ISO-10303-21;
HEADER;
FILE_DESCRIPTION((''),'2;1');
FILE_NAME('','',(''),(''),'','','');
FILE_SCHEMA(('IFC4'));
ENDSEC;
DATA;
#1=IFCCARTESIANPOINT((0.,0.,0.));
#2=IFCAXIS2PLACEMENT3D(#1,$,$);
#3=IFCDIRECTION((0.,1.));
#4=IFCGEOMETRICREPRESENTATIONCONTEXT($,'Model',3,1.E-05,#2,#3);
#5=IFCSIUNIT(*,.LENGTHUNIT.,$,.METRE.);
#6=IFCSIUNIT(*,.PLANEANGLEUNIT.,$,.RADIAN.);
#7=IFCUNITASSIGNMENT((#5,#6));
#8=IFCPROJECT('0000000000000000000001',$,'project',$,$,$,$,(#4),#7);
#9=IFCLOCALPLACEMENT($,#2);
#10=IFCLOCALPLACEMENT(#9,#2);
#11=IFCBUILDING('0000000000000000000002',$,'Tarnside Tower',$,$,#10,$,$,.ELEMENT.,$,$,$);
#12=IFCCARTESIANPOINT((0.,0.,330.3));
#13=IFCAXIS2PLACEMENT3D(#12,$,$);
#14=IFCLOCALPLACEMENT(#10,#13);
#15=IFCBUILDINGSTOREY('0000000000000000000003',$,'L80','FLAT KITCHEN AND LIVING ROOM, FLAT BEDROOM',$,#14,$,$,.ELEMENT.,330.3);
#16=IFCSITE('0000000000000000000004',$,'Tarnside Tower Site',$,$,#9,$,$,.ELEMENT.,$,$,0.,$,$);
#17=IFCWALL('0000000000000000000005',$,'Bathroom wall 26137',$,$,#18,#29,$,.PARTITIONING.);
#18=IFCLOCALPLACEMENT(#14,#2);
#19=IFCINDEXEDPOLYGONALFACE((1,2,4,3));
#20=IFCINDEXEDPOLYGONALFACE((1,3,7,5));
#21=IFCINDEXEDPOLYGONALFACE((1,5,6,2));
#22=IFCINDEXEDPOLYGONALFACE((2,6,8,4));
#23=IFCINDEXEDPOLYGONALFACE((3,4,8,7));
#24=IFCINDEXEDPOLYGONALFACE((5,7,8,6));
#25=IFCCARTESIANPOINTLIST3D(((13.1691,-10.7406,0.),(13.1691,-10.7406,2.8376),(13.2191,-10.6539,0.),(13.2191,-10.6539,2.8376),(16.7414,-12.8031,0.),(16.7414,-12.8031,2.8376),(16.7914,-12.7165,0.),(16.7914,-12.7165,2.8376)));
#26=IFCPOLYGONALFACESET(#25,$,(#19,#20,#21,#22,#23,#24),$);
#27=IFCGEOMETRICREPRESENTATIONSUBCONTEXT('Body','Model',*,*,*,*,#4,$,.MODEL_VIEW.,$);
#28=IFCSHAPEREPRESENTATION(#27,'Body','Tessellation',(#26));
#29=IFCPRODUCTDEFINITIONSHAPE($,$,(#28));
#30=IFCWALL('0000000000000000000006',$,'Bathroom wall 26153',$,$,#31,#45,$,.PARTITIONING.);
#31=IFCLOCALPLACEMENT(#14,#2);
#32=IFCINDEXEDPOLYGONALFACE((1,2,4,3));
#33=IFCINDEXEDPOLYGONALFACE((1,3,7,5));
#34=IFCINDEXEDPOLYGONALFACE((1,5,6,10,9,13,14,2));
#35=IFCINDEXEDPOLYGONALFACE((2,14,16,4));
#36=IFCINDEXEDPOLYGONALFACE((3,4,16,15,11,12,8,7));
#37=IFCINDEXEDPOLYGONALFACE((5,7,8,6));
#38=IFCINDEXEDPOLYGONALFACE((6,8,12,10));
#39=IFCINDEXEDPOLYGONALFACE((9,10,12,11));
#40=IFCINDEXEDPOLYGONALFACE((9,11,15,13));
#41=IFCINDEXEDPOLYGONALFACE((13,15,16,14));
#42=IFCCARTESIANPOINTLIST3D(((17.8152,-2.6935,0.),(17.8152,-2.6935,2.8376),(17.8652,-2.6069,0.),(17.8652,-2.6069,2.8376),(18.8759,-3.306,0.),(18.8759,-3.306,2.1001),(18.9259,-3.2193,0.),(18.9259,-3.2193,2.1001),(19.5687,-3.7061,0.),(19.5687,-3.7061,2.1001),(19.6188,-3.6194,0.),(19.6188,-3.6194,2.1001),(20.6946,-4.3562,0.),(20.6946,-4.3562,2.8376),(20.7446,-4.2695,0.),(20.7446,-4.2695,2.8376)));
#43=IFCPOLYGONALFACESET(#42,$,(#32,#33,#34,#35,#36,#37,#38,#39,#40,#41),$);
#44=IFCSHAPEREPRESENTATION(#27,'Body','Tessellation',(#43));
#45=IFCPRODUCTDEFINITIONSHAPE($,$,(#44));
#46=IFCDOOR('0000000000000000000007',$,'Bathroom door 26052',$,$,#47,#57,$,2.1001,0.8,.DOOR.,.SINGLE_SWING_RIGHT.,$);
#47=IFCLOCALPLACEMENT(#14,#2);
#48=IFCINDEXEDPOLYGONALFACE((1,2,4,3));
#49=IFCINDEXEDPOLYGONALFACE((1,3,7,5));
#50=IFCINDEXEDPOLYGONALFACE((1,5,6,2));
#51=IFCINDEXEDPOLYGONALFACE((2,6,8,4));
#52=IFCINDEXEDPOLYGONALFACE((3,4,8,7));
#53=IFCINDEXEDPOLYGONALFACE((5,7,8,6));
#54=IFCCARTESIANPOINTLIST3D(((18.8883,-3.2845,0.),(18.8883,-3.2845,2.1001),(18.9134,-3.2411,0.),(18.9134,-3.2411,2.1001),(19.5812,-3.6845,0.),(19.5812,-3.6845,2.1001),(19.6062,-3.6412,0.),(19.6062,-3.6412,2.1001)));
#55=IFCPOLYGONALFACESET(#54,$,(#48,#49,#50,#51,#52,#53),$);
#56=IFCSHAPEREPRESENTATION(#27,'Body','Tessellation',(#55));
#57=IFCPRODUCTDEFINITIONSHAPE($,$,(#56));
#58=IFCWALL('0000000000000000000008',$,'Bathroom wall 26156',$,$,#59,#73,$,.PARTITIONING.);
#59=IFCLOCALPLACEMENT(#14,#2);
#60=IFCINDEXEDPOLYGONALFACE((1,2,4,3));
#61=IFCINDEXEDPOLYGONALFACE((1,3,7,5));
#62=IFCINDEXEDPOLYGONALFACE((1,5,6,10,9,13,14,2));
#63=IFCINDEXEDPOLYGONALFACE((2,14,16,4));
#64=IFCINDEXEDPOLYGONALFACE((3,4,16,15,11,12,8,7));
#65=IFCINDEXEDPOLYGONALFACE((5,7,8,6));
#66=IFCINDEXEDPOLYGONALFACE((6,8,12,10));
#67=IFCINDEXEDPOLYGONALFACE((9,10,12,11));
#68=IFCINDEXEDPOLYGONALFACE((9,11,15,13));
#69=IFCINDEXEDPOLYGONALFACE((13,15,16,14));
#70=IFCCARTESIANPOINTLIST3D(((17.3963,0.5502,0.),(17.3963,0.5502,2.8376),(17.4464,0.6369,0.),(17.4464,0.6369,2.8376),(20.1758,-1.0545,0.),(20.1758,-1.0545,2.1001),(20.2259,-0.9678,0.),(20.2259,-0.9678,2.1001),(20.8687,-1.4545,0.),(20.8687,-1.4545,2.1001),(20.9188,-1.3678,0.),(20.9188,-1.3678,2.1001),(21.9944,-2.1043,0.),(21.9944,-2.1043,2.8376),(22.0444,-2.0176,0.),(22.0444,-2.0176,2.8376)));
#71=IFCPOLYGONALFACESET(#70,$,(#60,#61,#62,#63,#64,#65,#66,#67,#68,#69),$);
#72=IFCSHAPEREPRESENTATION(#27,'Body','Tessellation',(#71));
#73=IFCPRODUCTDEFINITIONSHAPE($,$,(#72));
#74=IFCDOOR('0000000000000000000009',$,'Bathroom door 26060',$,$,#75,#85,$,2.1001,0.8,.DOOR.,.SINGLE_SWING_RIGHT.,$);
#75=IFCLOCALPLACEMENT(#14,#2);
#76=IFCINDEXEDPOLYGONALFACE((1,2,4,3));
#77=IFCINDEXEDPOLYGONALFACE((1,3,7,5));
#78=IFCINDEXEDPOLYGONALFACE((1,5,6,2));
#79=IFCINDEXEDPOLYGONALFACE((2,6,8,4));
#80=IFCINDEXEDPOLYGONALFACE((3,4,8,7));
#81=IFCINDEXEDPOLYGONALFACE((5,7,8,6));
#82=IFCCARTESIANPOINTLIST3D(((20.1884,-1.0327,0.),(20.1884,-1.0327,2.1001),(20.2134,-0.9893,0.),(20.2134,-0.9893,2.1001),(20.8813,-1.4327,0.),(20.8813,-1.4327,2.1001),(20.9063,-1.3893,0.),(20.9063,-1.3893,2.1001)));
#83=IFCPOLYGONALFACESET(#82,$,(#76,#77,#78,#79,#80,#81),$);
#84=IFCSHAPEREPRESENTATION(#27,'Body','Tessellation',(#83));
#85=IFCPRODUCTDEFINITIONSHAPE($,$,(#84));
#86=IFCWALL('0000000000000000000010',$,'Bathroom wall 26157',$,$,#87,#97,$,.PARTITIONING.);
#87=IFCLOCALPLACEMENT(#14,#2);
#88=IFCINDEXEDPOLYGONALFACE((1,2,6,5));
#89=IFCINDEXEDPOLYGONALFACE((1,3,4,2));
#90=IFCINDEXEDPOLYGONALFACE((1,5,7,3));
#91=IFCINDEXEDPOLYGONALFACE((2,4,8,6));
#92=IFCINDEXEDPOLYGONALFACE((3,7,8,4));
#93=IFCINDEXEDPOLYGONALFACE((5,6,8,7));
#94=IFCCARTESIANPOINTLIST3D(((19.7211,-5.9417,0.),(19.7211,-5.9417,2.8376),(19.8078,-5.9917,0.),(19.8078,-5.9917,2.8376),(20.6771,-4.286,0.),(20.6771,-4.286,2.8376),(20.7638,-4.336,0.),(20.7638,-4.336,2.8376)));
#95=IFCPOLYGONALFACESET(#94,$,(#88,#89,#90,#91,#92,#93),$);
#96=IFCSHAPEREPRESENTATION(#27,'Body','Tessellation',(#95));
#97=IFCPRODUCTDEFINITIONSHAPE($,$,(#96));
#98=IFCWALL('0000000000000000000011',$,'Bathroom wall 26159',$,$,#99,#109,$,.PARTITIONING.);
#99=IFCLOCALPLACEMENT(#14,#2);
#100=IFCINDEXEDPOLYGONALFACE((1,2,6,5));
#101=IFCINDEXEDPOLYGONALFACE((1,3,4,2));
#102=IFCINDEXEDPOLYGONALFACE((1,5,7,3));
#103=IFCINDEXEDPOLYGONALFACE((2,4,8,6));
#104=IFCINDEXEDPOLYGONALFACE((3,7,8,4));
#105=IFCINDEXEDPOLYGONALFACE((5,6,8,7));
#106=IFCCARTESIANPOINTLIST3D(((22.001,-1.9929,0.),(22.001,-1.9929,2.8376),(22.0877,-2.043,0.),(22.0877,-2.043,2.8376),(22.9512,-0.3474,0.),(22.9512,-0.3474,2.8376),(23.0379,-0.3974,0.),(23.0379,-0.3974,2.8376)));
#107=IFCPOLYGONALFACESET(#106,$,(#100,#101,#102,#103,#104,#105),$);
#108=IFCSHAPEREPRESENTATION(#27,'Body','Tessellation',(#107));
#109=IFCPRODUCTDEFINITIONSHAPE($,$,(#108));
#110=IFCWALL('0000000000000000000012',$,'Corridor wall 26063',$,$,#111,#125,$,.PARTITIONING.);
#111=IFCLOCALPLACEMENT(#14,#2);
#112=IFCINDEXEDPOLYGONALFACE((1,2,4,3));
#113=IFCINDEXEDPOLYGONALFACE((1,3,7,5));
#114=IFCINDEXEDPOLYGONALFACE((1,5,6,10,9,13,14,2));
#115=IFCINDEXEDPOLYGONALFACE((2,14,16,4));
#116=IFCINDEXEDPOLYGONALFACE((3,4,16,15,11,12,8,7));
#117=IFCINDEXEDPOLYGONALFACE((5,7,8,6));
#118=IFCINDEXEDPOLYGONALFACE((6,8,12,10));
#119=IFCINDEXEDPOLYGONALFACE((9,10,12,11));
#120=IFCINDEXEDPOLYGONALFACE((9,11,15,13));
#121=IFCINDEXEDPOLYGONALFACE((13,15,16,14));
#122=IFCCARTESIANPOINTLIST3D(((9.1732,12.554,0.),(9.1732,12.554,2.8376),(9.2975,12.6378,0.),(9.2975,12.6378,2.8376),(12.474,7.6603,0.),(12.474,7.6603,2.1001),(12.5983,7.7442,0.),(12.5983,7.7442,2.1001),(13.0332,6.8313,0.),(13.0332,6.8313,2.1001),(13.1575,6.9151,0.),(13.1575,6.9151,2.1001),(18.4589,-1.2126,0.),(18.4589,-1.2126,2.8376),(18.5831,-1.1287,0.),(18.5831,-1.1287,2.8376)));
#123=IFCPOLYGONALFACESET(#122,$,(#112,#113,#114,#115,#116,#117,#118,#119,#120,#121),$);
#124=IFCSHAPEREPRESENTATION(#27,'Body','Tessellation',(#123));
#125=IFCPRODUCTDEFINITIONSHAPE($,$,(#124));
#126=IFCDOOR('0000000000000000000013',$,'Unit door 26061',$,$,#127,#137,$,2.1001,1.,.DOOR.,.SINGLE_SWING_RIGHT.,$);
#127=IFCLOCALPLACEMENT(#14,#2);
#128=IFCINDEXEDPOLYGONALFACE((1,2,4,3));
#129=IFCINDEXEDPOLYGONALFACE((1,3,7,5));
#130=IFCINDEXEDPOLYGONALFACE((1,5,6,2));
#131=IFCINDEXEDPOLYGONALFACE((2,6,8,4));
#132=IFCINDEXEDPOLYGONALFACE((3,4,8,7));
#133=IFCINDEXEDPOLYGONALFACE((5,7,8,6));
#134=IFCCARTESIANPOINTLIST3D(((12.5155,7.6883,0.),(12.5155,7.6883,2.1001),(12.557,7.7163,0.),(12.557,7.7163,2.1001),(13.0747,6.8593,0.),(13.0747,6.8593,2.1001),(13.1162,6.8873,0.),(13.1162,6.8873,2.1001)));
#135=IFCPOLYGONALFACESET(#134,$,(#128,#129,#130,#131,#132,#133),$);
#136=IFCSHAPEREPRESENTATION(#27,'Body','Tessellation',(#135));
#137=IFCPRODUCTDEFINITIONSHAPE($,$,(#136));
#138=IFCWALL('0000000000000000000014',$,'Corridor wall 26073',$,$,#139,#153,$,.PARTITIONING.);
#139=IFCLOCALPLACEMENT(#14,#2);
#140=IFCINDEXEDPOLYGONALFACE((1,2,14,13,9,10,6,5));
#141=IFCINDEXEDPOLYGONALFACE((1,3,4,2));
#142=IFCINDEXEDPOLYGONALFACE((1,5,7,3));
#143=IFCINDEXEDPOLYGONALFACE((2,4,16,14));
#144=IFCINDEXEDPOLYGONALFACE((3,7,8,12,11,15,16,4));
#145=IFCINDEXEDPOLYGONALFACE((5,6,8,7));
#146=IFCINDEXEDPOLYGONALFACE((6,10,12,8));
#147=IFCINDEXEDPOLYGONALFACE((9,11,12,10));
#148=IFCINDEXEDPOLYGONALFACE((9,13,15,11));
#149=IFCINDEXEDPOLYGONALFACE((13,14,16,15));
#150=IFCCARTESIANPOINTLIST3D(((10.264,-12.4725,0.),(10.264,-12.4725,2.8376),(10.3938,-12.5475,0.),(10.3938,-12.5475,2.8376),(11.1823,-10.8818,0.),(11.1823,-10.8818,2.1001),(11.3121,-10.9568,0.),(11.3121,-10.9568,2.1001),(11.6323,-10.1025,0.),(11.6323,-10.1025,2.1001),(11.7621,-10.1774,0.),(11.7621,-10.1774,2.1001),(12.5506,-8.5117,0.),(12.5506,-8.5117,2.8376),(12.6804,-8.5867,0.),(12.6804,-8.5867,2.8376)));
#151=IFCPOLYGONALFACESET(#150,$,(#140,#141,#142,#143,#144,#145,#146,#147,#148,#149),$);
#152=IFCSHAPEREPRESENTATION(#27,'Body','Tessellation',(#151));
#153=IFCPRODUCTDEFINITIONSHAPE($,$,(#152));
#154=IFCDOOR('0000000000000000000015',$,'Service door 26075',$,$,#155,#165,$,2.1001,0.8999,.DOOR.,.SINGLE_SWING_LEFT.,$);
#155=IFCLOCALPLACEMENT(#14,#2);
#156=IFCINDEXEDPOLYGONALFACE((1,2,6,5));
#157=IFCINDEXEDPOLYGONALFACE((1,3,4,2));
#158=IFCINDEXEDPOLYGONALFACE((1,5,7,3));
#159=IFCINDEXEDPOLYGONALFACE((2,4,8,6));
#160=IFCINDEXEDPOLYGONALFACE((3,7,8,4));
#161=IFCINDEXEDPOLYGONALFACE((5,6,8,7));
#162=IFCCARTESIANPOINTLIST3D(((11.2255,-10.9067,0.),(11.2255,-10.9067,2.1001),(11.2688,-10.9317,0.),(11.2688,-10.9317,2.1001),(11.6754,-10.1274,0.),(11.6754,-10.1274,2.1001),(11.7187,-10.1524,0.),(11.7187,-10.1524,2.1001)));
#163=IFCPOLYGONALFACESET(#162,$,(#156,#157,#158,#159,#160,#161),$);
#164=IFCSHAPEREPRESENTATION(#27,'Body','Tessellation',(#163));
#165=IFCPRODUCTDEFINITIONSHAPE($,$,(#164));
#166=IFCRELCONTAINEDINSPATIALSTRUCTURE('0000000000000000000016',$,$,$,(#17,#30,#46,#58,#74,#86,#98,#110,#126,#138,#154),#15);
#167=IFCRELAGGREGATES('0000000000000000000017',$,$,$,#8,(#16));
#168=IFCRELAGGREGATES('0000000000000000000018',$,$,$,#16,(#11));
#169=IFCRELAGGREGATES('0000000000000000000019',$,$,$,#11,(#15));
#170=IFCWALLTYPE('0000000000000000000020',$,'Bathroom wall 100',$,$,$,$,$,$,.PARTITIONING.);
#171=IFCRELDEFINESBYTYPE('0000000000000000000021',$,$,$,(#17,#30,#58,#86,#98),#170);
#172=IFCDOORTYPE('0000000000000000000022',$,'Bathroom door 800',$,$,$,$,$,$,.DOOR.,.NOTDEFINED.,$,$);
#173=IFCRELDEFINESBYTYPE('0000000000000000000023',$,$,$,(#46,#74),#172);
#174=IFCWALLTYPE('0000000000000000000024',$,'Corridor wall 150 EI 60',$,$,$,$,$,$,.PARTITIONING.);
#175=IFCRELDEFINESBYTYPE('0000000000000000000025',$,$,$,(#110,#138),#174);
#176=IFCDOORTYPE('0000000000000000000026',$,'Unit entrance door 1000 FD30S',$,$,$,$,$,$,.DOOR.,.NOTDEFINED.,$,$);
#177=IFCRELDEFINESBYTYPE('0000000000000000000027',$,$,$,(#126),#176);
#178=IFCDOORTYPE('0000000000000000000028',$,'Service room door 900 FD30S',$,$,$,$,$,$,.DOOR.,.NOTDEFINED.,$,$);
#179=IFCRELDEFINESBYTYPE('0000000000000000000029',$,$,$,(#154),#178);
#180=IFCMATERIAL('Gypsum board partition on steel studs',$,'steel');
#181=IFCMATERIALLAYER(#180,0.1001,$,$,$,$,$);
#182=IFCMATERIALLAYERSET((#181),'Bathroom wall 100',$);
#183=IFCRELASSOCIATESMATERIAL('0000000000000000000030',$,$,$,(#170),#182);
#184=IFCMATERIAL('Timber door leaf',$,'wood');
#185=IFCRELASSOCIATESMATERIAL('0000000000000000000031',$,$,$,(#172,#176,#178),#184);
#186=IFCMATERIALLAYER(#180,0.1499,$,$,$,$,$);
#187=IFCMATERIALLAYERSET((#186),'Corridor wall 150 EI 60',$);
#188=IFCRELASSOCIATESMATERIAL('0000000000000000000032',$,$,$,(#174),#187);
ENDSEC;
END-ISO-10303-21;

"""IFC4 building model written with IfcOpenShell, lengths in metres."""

from ifc_helpers import new_model, si_unit, direction, frame, frame_2d, origin, place, context, subcontext, project, spatial, rectangle, extrude, material, layer, layer_set, type_object, element, fill, save


model = new_model("IFC4")

# Units and contexts
model_context = context("Model", 3, precision=1e-05, world=origin(), true_north=direction((0.0, 1.0)))
body_context = subcontext(model_context, "Body", "Model", "MODEL_VIEW")
ifc_project = project(units=[si_unit("LENGTHUNIT", "METRE"), si_unit("PLANEANGLEUNIT", "RADIAN")], contexts=[model_context])

# Site, building, storey
site_placement = place(None, origin())
site = spatial("IfcSite", under=ifc_project, at=site_placement, Name="Tarnside Tower Site", CompositionType="ELEMENT", RefElevation=0.0)
building_placement = place(site_placement, origin())
building = spatial("IfcBuilding", under=site, at=building_placement, Name="Tarnside Tower", CompositionType="ELEMENT")
storey_placement = place(building_placement, frame((0.0, 0.0, 330.3)))
storey = spatial("IfcBuildingStorey", under=building, at=storey_placement, Name="L80", Description="FLAT KITCHEN AND LIVING ROOM, FLAT BEDROOM", CompositionType="ELEMENT", Elevation=330.3)

# Wall
ifc_material_1 = material(Name="Gypsum board partition on steel studs", Category="steel")
ifc_layer_1 = layer(ifc_material_1, 0.1001)
ifc_layer_set_1 = layer_set([ifc_layer_1], Name="Bathroom wall 100")
wall_type_1 = type_object("IfcWallType", Name="Bathroom wall 100", PredefinedType="PARTITIONING", material=ifc_layer_set_1)
wall_1_placement = place(storey_placement, frame((13.1941, -10.6973, 0.0), z_axis=(0.0, 0.0, 1.0), x_axis=(0.86602, -0.500009, 0.0)))
element("IfcWall", 1, at=wall_1_placement, inside=storey, type_object=wall_type_1, Name="Bathroom wall 26137", PredefinedType="PARTITIONING", context=body_context, shape_type="SweptSolid", body=[
    extrude(rectangle(XDim=4.125, YDim=0.1001, at=frame_2d((2.0625, 0.0))), origin(), (0.0, 0.0, 1.0), 2.8376),
])

# Walls, openings, doors
wall_2_placement = place(storey_placement, frame((17.8401, -2.6501, 0.0), z_axis=(0.0, 0.0, 1.0), x_axis=(0.866002, -0.50004, 0.0)))
wall_2 = element("IfcWall", 2, at=wall_2_placement, inside=storey, type_object=wall_type_1, Name="Bathroom wall 26153", PredefinedType="PARTITIONING", context=body_context, shape_type="SweptSolid", body=[
    extrude(rectangle(XDim=3.325, YDim=0.1001, at=frame_2d((1.6626, 0.0))), origin(), (0.0, 0.0, 1.0), 2.8376),
])
opening_1_placement = place(wall_2_placement, frame((1.2251, 0.0, 0.0)))
opening_1 = element("IfcOpeningElement", 3, at=opening_1_placement, cuts=wall_2, PredefinedType="OPENING", context=body_context, shape_type="SweptSolid", body=[
    extrude(rectangle(XDim=0.8, YDim=2.1001, at=frame_2d((0.3999, 1.05))), frame((0.0, 0.0601, 0.0), z_axis=(0.0, -1.0, 0.0), x_axis=(1.0, 0.0, 0.0)), (0.0, 0.0, 1.0), 0.1201),
])
ifc_material_2 = material(Name="Timber door leaf", Category="wood")
door_type_1 = type_object("IfcDoorType", Name="Bathroom door 800", OperationType="NOTDEFINED", PredefinedType="DOOR", material=ifc_material_2)
door_1_placement = place(opening_1_placement, origin())
door_1 = element("IfcDoor", 4, at=door_1_placement, inside=storey, type_object=door_type_1, Name="Bathroom door 26052", OperationType="SINGLE_SWING_RIGHT", OverallHeight=2.1001, OverallWidth=0.8, PredefinedType="DOOR", context=body_context, shape_type="SweptSolid", body=[
    extrude(rectangle(XDim=0.8, YDim=2.1001, at=frame_2d((0.3999, 1.05))), frame((0.0, 0.0249, 0.0), z_axis=(0.0, -1.0, 0.0), x_axis=(1.0, 0.0, 0.0)), (0.0, 0.0, 1.0), 0.05),
])
fill(opening_1, door_1)
wall_3_placement = place(storey_placement, frame((22.0195, -2.061, 0.0), z_axis=(0.0, 0.0, 1.0), x_axis=(-0.866042, 0.499972, 0.0)))
wall_3 = element("IfcWall", 5, at=wall_3_placement, inside=storey, type_object=wall_type_1, Name="Bathroom wall 26156", PredefinedType="PARTITIONING", context=body_context, shape_type="SweptSolid", body=[
    extrude(rectangle(XDim=5.3093, YDim=0.1001, at=frame_2d((2.6548, 0.0))), origin(), (0.0, 0.0, 1.0), 2.8376),
])
opening_2_placement = place(wall_3_placement, frame((1.3, 0.0, 0.0)))
opening_2 = element("IfcOpeningElement", 6, at=opening_2_placement, cuts=wall_3, PredefinedType="OPENING", context=body_context, shape_type="SweptSolid", body=[
    extrude(rectangle(XDim=0.8, YDim=2.1001, at=frame_2d((0.3999, 1.05))), frame((0.0, 0.0601, 0.0), z_axis=(0.0, -1.0, 0.0), x_axis=(1.0, 0.0, 0.0)), (0.0, 0.0, 1.0), 0.1201),
])
door_2_placement = place(opening_2_placement, origin())
door_2 = element("IfcDoor", 7, at=door_2_placement, inside=storey, type_object=door_type_1, Name="Bathroom door 26060", OperationType="SINGLE_SWING_RIGHT", OverallHeight=2.1001, OverallWidth=0.8, PredefinedType="DOOR", context=body_context, shape_type="SweptSolid", body=[
    extrude(rectangle(XDim=0.8, YDim=2.1001, at=frame_2d((0.3999, 1.05))), frame((0.0, 0.0249, 0.0), z_axis=(0.0, -1.0, 0.0), x_axis=(1.0, 0.0, 0.0)), (0.0, 0.0, 1.0), 0.05),
])
fill(opening_2, door_2)

# Walls
wall_4_placement = place(storey_placement, frame((19.7644, -5.9668, 0.0), z_axis=(0.0, 0.0, 1.0), x_axis=(0.500039, 0.866003, 0.0)))
element("IfcWall", 8, at=wall_4_placement, inside=storey, type_object=wall_type_1, Name="Bathroom wall 26157", PredefinedType="PARTITIONING", context=body_context, shape_type="SweptSolid", body=[
    extrude(rectangle(XDim=1.9119, YDim=0.1001, at=frame_2d((0.9561, 0.0))), origin(), (0.0, 0.0, 1.0), 2.8376),
])
wall_5_placement = place(storey_placement, frame((22.9946, -0.3723, 0.0), z_axis=(0.0, 0.0, 1.0), x_axis=(-0.500064, -0.865989, 0.0)))
element("IfcWall", 9, at=wall_5_placement, inside=storey, type_object=wall_type_1, Name="Bathroom wall 26159", PredefinedType="PARTITIONING", context=body_context, shape_type="SweptSolid", body=[
    extrude(rectangle(XDim=1.9001, YDim=0.1001, at=frame_2d((0.9502, 0.0))), origin(), (0.0, 0.0, 1.0), 2.8376),
])

# Walls, openings, doors
ifc_layer_2 = layer(ifc_material_1, 0.1499)
ifc_layer_set_2 = layer_set([ifc_layer_2], Name="Corridor wall 150 EI 60")
wall_type_2 = type_object("IfcWallType", Name="Corridor wall 150 EI 60", PredefinedType="PARTITIONING", material=ifc_layer_set_2)
wall_6_placement = place(storey_placement, frame((18.521, -1.1707, 0.0), z_axis=(0.0, 0.0, 1.0), x_axis=(-0.559191, 0.829039, 0.0)))
wall_6 = element("IfcWall", 10, at=wall_6_placement, inside=storey, type_object=wall_type_2, Name="Corridor wall 26063", PredefinedType="PARTITIONING", context=body_context, shape_type="SweptSolid", body=[
    extrude(rectangle(XDim=16.6055, YDim=0.1499, at=frame_2d((8.3027, 0.0))), origin(), (0.0, 0.0, 1.0), 2.8376),
])
opening_3_placement = place(wall_6_placement, frame((9.7026, 0.0, 0.0)))
opening_3 = element("IfcOpeningElement", 11, at=opening_3_placement, cuts=wall_6, PredefinedType="OPENING", context=body_context, shape_type="SweptSolid", body=[
    extrude(rectangle(XDim=1.0, YDim=2.1001, at=frame_2d((0.5, 1.05))), frame((0.0, 0.085, 0.0), z_axis=(0.0, -1.0, 0.0), x_axis=(1.0, 0.0, 0.0)), (0.0, 0.0, 1.0), 0.1699),
])
door_type_2 = type_object("IfcDoorType", Name="Unit entrance door 1000 FD30S", OperationType="NOTDEFINED", PredefinedType="DOOR", material=ifc_material_2)
door_3_placement = place(opening_3_placement, origin())
door_3 = element("IfcDoor", 12, at=door_3_placement, inside=storey, type_object=door_type_2, Name="Unit door 26061", OperationType="SINGLE_SWING_RIGHT", OverallHeight=2.1001, OverallWidth=1.0, PredefinedType="DOOR", context=body_context, shape_type="SweptSolid", body=[
    extrude(rectangle(XDim=1.0, YDim=2.1001, at=frame_2d((0.5, 1.05))), frame((0.0, 0.0249, 0.0), z_axis=(0.0, -1.0, 0.0), x_axis=(1.0, 0.0, 0.0)), (0.0, 0.0, 1.0), 0.05),
])
fill(opening_3, door_3)
wall_7_placement = place(storey_placement, frame((12.6155, -8.5493, 0.0), z_axis=(0.0, 0.0, 1.0), x_axis=(-0.499986, -0.866034, 0.0)))
wall_7 = element("IfcWall", 13, at=wall_7_placement, inside=storey, type_object=wall_type_2, Name="Corridor wall 26073", PredefinedType="PARTITIONING", context=body_context, shape_type="SweptSolid", body=[
    extrude(rectangle(XDim=4.5735, YDim=0.1499, at=frame_2d((2.2866, 0.0))), origin(), (0.0, 0.0, 1.0), 2.8376),
])
opening_4_placement = place(wall_7_placement, frame((1.8367, 0.0, 0.0)))
opening_4 = element("IfcOpeningElement", 14, at=opening_4_placement, cuts=wall_7, PredefinedType="OPENING", context=body_context, shape_type="SweptSolid", body=[
    extrude(rectangle(XDim=0.8999, YDim=2.1001, at=frame_2d((0.45, 1.05))), frame((0.0, 0.085, 0.0), z_axis=(0.0, -1.0, 0.0), x_axis=(1.0, 0.0, 0.0)), (0.0, 0.0, 1.0), 0.1699),
])
door_type_3 = type_object("IfcDoorType", Name="Service room door 900 FD30S", OperationType="NOTDEFINED", PredefinedType="DOOR", material=ifc_material_2)
door_4_placement = place(opening_4_placement, origin())
door_4 = element("IfcDoor", 15, at=door_4_placement, inside=storey, type_object=door_type_3, Name="Service door 26075", OperationType="SINGLE_SWING_LEFT", OverallHeight=2.1001, OverallWidth=0.8999, PredefinedType="DOOR", context=body_context, shape_type="SweptSolid", body=[
    extrude(rectangle(XDim=0.8999, YDim=2.1001, at=frame_2d((0.45, 1.05))), frame((0.0, 0.0249, 0.0), z_axis=(0.0, -1.0, 0.0), x_axis=(1.0, 0.0, 0.0)), (0.0, 0.0, 1.0), 0.05),
])
fill(opening_4, door_4)

save(model, "model.ifc")
